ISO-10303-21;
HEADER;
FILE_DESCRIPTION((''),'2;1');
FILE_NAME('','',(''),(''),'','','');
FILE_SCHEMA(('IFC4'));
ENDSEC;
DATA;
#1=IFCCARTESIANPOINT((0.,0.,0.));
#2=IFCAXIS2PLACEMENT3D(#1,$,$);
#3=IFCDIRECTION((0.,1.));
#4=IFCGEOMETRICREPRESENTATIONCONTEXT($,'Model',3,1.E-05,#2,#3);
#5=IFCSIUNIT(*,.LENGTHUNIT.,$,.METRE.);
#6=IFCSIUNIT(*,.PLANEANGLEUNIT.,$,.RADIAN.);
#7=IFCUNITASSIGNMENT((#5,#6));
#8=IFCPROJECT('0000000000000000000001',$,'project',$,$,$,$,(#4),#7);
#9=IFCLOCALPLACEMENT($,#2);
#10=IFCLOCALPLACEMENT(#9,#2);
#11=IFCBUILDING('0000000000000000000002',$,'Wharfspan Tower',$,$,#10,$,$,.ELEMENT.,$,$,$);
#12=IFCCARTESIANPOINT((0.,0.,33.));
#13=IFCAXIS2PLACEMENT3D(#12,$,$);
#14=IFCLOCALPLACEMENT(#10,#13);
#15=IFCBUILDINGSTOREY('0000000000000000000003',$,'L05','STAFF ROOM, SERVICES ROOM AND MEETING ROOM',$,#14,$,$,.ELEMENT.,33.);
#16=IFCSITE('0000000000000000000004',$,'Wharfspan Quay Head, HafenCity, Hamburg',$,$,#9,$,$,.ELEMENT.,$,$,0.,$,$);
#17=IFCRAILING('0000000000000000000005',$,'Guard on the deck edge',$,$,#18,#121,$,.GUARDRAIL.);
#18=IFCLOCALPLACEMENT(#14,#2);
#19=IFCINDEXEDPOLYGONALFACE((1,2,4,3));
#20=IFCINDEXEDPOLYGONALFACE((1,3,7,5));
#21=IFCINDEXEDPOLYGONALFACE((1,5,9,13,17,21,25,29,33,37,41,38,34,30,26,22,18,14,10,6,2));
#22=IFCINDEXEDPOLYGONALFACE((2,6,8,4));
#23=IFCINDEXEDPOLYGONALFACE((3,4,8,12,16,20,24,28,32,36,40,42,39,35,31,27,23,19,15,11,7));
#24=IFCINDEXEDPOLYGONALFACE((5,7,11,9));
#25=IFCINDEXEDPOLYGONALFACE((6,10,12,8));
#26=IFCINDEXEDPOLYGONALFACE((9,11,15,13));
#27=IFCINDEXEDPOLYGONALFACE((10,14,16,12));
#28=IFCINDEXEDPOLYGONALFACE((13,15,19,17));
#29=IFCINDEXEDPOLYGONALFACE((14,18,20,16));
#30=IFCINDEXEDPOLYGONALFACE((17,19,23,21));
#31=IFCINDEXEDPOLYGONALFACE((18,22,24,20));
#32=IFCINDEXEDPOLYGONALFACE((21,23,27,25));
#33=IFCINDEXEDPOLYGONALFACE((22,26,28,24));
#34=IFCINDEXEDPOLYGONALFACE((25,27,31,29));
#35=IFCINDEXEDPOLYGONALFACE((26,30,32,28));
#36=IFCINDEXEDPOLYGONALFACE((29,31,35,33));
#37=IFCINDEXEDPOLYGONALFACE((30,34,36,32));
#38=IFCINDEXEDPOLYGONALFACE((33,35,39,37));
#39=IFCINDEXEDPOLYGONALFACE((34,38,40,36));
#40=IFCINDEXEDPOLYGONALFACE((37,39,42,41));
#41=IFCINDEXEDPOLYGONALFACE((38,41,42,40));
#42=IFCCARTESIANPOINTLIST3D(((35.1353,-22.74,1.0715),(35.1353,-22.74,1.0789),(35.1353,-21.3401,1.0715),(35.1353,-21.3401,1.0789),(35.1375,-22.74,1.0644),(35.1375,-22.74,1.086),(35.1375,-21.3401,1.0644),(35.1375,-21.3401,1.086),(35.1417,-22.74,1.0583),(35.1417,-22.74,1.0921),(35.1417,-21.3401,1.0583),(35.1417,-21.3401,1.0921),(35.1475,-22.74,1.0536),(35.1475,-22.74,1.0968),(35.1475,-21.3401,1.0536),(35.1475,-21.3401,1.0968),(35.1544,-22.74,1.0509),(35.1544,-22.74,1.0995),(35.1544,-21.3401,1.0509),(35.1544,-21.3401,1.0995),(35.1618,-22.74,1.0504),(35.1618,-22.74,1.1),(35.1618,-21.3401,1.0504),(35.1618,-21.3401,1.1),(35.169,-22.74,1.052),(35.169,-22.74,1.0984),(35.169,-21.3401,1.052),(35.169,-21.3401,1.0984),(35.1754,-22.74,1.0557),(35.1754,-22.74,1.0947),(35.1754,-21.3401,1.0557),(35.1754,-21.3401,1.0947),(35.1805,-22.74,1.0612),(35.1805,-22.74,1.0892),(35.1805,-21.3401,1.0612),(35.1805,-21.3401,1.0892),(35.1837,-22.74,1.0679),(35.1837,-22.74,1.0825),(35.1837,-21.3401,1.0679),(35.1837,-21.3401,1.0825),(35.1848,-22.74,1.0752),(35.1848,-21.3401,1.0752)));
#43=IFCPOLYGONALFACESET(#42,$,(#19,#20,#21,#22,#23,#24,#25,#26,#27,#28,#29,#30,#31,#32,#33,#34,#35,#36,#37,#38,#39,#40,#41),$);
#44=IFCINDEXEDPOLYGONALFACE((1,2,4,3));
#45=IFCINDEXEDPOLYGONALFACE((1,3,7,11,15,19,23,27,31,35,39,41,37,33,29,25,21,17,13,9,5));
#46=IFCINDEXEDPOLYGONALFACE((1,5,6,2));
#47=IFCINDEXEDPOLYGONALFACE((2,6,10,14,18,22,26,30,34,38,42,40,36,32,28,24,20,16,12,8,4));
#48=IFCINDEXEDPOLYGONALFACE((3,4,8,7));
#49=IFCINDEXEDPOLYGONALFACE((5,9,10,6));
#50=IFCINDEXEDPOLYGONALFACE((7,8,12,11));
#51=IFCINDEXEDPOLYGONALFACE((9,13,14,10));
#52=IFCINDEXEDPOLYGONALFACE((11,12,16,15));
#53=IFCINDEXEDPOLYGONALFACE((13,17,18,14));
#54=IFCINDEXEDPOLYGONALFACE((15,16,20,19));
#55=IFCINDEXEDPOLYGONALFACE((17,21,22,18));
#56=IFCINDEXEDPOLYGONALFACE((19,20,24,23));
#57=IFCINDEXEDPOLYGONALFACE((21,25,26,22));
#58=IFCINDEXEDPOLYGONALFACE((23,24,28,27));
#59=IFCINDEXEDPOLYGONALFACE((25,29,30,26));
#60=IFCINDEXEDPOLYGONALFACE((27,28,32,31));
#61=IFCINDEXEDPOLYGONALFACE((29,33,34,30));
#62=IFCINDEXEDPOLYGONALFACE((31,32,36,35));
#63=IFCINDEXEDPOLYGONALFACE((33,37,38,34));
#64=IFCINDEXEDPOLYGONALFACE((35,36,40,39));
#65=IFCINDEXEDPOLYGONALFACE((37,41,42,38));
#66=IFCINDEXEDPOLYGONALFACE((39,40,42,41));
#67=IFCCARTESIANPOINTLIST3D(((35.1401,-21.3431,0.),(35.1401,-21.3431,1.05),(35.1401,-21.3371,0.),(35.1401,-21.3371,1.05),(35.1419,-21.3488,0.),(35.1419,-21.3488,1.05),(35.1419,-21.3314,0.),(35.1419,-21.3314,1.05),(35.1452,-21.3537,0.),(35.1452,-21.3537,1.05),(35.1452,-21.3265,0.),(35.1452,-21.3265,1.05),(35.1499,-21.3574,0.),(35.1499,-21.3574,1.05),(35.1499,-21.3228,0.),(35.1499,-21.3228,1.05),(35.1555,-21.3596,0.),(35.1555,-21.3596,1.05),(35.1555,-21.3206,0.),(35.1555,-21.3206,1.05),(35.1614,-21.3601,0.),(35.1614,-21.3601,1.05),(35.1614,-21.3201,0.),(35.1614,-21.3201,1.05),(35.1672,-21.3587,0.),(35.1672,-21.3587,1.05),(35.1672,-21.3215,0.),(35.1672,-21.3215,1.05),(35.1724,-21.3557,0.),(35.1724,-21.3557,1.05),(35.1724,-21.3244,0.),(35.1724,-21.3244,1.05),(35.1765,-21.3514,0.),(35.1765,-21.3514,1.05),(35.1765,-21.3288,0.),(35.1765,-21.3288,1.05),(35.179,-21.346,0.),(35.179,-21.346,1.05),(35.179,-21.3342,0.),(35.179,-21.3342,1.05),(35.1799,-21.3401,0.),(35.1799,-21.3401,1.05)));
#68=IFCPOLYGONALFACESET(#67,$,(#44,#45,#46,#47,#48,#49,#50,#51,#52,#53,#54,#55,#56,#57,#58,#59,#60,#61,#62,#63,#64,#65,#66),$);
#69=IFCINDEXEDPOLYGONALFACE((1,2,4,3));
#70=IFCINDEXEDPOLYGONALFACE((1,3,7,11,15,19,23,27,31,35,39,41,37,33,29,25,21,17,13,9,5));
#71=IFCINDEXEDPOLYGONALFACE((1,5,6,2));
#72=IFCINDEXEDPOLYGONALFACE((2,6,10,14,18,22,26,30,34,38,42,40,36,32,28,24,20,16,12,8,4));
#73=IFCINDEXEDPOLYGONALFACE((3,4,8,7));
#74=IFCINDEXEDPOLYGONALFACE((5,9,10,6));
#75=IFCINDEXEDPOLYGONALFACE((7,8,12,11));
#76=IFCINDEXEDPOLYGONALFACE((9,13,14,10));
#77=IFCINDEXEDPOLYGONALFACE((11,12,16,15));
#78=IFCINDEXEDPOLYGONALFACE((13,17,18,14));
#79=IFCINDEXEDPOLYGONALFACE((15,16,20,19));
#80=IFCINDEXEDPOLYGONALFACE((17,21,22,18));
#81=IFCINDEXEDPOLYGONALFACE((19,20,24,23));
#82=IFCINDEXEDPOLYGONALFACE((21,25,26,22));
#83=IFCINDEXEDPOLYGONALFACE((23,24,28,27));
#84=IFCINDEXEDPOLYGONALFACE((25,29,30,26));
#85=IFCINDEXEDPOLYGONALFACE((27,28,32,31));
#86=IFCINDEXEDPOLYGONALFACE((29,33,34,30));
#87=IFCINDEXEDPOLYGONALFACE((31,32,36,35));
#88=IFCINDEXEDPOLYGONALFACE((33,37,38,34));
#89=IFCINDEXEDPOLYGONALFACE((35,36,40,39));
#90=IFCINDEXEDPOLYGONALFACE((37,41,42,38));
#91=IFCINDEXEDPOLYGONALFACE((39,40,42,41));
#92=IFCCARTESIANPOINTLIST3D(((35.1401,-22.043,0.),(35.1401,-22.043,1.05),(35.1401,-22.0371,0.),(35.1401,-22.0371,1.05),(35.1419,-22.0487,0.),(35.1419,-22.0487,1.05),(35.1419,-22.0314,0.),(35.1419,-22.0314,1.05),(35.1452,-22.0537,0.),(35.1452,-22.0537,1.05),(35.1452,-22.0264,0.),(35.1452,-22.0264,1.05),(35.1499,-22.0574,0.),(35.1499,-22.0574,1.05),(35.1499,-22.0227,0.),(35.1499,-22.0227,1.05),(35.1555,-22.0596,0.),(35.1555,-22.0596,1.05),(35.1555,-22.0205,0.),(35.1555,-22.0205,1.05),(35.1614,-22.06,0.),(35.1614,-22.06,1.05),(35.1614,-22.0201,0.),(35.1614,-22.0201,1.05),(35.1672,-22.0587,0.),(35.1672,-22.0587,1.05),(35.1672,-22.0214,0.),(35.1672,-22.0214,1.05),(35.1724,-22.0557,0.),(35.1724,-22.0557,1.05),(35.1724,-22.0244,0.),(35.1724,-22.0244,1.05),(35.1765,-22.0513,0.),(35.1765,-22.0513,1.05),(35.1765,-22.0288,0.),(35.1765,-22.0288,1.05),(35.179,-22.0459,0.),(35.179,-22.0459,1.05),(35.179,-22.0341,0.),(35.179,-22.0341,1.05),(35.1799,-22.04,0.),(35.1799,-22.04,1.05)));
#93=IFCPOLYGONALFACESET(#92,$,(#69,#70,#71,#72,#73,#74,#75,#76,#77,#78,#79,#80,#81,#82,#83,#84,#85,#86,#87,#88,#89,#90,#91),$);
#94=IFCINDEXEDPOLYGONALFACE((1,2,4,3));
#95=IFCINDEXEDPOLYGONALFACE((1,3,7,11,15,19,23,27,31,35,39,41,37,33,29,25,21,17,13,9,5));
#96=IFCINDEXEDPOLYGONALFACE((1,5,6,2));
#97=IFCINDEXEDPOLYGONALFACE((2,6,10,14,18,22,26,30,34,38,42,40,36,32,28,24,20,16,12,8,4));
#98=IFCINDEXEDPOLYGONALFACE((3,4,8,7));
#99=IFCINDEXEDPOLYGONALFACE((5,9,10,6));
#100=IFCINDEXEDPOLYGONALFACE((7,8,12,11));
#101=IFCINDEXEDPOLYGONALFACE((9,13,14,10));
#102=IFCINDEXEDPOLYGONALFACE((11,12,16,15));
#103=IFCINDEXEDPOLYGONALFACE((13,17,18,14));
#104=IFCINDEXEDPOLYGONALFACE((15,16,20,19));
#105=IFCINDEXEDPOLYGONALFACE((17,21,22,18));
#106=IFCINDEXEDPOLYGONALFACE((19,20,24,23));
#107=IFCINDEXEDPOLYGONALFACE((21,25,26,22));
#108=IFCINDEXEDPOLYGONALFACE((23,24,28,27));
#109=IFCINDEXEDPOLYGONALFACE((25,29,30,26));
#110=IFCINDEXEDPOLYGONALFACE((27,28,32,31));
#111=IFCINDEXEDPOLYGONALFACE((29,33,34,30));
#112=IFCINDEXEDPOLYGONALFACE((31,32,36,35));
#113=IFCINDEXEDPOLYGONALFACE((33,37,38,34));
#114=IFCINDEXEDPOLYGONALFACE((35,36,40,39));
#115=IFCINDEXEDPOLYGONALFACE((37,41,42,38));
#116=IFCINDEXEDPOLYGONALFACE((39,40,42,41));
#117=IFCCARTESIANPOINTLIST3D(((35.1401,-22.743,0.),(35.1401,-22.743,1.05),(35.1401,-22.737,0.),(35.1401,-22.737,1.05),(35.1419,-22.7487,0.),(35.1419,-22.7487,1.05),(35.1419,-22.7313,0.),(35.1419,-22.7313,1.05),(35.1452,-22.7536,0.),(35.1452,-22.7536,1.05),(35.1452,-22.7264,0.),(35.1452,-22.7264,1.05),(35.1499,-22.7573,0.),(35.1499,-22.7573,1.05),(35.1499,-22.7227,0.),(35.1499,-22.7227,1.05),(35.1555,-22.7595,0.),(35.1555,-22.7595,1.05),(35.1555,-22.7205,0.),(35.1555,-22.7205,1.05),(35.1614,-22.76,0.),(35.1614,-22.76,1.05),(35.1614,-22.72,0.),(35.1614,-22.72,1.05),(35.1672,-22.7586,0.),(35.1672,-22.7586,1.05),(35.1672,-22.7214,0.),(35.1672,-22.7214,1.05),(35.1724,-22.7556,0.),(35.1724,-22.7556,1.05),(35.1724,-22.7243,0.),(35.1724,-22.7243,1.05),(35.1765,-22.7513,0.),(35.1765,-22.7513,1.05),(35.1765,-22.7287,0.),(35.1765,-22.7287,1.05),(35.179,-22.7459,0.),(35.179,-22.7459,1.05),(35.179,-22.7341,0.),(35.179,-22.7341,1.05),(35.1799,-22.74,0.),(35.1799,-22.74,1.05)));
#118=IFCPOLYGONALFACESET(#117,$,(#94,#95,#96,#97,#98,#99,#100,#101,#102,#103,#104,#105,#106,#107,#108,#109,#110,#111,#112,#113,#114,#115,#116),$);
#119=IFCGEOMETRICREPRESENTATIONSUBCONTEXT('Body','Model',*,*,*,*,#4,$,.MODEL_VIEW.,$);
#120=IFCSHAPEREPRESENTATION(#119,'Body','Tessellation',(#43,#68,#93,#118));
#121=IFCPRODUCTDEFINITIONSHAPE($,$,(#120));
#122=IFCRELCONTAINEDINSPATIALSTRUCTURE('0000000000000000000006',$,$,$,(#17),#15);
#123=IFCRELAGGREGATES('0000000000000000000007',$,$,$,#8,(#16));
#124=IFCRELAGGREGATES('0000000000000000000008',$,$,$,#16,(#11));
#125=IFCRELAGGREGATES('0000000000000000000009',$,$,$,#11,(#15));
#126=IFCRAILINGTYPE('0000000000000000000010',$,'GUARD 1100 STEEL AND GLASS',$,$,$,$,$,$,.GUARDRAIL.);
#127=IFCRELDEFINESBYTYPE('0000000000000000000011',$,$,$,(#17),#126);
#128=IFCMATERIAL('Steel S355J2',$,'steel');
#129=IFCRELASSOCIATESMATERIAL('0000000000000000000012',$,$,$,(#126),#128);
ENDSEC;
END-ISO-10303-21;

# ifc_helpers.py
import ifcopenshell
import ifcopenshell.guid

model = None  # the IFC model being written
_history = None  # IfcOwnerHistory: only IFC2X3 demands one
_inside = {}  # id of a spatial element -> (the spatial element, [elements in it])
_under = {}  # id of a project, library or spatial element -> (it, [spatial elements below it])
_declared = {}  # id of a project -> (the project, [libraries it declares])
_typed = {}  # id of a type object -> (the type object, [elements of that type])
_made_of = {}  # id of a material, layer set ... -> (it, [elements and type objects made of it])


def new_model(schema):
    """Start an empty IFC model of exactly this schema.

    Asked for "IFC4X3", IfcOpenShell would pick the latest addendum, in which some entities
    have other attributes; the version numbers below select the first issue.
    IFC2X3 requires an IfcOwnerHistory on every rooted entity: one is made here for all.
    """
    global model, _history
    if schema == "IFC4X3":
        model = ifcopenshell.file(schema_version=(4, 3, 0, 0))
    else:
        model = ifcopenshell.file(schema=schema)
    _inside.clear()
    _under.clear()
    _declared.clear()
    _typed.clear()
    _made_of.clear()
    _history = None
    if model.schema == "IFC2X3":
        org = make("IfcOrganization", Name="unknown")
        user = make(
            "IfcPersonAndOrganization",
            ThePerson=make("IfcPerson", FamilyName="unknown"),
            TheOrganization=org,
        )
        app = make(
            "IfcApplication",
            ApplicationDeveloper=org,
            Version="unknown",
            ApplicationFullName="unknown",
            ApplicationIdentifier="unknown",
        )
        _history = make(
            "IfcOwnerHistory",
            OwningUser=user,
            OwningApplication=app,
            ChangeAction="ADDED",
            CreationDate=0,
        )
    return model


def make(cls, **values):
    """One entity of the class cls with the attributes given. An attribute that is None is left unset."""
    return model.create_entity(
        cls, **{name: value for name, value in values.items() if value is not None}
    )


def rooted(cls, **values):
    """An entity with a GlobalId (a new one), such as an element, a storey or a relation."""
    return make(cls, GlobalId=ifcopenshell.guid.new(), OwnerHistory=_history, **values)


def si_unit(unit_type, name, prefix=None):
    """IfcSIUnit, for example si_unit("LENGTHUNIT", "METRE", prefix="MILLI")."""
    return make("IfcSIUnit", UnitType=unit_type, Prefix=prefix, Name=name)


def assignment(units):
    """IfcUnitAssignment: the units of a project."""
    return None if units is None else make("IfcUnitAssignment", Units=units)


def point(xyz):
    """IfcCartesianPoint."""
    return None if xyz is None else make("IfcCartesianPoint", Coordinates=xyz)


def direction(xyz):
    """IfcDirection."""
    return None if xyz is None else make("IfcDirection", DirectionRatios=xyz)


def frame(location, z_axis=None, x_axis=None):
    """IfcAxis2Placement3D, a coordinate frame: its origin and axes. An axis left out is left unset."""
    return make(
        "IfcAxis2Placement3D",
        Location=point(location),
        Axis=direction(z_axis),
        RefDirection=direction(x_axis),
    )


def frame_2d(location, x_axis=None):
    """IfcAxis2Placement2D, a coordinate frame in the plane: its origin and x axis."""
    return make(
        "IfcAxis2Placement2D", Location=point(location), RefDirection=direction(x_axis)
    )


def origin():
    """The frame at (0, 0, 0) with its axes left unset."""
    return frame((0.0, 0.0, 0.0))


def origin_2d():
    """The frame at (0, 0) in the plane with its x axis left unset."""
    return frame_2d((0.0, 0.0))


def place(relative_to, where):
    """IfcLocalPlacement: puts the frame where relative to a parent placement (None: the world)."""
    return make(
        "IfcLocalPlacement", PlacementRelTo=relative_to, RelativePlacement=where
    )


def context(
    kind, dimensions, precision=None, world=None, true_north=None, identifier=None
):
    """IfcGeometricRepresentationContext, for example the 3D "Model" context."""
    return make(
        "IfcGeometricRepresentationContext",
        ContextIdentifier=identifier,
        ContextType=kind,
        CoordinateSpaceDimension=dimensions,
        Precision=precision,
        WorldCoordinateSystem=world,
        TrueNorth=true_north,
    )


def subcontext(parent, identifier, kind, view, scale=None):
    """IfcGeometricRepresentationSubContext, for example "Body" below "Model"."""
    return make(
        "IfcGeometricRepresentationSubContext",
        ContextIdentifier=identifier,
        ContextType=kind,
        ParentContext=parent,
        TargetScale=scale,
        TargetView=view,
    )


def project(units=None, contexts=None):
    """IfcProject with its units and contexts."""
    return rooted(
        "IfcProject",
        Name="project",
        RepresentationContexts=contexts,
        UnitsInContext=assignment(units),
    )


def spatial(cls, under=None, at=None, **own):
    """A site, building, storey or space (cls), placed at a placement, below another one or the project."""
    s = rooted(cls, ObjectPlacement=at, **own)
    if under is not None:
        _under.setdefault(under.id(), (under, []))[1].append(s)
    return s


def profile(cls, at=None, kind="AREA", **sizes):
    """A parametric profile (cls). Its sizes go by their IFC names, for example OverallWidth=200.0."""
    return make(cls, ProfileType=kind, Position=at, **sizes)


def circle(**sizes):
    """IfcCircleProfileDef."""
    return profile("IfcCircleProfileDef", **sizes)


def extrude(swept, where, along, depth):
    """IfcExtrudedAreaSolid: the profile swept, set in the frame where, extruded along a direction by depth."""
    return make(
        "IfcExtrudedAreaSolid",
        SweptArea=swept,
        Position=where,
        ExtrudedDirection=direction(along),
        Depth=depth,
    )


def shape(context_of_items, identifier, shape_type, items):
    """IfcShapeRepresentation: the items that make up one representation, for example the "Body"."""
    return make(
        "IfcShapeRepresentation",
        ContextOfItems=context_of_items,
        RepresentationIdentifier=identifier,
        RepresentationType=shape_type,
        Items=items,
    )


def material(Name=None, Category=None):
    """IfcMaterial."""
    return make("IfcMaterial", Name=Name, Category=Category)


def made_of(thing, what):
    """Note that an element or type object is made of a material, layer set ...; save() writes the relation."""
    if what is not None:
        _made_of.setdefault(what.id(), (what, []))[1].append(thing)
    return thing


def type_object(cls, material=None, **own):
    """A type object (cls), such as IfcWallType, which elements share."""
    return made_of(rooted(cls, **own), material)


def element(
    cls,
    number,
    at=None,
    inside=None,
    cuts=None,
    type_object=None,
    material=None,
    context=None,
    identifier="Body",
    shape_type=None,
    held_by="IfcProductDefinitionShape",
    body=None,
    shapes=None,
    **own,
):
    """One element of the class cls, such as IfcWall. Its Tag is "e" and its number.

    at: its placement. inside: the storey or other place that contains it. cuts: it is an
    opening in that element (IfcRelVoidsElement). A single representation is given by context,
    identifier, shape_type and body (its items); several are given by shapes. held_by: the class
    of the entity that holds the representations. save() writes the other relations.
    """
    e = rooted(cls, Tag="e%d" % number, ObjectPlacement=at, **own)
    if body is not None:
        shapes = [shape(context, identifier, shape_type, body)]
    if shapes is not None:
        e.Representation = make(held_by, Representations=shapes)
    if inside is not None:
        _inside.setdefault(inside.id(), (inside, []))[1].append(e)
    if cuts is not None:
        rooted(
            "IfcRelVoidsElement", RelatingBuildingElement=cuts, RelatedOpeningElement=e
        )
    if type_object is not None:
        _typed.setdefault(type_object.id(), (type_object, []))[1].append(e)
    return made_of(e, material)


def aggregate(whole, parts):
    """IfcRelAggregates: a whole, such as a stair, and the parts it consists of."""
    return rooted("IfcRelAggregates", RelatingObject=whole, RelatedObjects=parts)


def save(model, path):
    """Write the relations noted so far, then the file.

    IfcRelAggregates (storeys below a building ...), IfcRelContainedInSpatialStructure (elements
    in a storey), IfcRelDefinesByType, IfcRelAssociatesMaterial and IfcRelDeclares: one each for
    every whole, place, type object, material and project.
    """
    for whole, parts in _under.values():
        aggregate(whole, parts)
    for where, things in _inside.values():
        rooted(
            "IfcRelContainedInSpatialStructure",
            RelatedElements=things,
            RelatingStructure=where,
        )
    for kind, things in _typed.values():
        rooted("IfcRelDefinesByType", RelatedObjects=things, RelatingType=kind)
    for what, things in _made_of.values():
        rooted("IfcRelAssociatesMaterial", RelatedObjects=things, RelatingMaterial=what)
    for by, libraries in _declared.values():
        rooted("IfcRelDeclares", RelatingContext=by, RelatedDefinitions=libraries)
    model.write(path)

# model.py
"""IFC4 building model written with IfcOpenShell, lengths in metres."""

from ifc_helpers import new_model, si_unit, direction, frame, origin, origin_2d, place, context, subcontext, project, spatial, circle, extrude, material, type_object, element, save


model = new_model("IFC4")

# Units and contexts
model_context = context("Model", 3, precision=1e-05, world=origin(), true_north=direction((0.0, 1.0)))
body_context = subcontext(model_context, "Body", "Model", "MODEL_VIEW")
ifc_project = project(units=[si_unit("LENGTHUNIT", "METRE"), si_unit("PLANEANGLEUNIT", "RADIAN")], contexts=[model_context])

# Site, building, storey
site_placement = place(None, origin())
site = spatial("IfcSite", under=ifc_project, at=site_placement, Name="Wharfspan Quay Head, HafenCity, Hamburg", CompositionType="ELEMENT", RefElevation=0.0)
building_placement = place(site_placement, origin())
building = spatial("IfcBuilding", under=site, at=building_placement, Name="Wharfspan Tower", CompositionType="ELEMENT")
storey_placement = place(building_placement, frame((0.0, 0.0, 33.0)))
storey = spatial("IfcBuildingStorey", under=building, at=storey_placement, Name="L05", Description="STAFF ROOM, SERVICES ROOM AND MEETING ROOM", CompositionType="ELEMENT", Elevation=33.0)

# Railing
ifc_material_1 = material(Name="Steel S355J2", Category="steel")
railing_type = type_object("IfcRailingType", Name="GUARD 1100 STEEL AND GLASS", PredefinedType="GUARDRAIL", material=ifc_material_1)
railing_1_placement = place(storey_placement, frame((35.1599, -21.3401, 0.0)))
element("IfcRailing", 1, at=railing_1_placement, inside=storey, type_object=railing_type, Name="Guard on the deck edge", PredefinedType="GUARDRAIL", context=body_context, shape_type="SweptSolid", body=[
    extrude(circle(Radius=0.0249, at=origin_2d()), frame((0.0, 0.0, 1.0752), z_axis=(0.0, -1.0, 0.0), x_axis=(1.0, 0.0, 0.0)), (0.0, 0.0, 1.0), 1.3999),
    extrude(circle(Radius=0.02, at=origin_2d()), origin(), (0.0, 0.0, 1.0), 1.05),
    extrude(circle(Radius=0.02, at=origin_2d()), frame((0.0, -0.7, 0.0)), (0.0, 0.0, 1.0), 1.05),
    extrude(circle(Radius=0.02, at=origin_2d()), frame((0.0, -1.3999, 0.0)), (0.0, 0.0, 1.0), 1.05),
])

save(model, "model.ifc")
